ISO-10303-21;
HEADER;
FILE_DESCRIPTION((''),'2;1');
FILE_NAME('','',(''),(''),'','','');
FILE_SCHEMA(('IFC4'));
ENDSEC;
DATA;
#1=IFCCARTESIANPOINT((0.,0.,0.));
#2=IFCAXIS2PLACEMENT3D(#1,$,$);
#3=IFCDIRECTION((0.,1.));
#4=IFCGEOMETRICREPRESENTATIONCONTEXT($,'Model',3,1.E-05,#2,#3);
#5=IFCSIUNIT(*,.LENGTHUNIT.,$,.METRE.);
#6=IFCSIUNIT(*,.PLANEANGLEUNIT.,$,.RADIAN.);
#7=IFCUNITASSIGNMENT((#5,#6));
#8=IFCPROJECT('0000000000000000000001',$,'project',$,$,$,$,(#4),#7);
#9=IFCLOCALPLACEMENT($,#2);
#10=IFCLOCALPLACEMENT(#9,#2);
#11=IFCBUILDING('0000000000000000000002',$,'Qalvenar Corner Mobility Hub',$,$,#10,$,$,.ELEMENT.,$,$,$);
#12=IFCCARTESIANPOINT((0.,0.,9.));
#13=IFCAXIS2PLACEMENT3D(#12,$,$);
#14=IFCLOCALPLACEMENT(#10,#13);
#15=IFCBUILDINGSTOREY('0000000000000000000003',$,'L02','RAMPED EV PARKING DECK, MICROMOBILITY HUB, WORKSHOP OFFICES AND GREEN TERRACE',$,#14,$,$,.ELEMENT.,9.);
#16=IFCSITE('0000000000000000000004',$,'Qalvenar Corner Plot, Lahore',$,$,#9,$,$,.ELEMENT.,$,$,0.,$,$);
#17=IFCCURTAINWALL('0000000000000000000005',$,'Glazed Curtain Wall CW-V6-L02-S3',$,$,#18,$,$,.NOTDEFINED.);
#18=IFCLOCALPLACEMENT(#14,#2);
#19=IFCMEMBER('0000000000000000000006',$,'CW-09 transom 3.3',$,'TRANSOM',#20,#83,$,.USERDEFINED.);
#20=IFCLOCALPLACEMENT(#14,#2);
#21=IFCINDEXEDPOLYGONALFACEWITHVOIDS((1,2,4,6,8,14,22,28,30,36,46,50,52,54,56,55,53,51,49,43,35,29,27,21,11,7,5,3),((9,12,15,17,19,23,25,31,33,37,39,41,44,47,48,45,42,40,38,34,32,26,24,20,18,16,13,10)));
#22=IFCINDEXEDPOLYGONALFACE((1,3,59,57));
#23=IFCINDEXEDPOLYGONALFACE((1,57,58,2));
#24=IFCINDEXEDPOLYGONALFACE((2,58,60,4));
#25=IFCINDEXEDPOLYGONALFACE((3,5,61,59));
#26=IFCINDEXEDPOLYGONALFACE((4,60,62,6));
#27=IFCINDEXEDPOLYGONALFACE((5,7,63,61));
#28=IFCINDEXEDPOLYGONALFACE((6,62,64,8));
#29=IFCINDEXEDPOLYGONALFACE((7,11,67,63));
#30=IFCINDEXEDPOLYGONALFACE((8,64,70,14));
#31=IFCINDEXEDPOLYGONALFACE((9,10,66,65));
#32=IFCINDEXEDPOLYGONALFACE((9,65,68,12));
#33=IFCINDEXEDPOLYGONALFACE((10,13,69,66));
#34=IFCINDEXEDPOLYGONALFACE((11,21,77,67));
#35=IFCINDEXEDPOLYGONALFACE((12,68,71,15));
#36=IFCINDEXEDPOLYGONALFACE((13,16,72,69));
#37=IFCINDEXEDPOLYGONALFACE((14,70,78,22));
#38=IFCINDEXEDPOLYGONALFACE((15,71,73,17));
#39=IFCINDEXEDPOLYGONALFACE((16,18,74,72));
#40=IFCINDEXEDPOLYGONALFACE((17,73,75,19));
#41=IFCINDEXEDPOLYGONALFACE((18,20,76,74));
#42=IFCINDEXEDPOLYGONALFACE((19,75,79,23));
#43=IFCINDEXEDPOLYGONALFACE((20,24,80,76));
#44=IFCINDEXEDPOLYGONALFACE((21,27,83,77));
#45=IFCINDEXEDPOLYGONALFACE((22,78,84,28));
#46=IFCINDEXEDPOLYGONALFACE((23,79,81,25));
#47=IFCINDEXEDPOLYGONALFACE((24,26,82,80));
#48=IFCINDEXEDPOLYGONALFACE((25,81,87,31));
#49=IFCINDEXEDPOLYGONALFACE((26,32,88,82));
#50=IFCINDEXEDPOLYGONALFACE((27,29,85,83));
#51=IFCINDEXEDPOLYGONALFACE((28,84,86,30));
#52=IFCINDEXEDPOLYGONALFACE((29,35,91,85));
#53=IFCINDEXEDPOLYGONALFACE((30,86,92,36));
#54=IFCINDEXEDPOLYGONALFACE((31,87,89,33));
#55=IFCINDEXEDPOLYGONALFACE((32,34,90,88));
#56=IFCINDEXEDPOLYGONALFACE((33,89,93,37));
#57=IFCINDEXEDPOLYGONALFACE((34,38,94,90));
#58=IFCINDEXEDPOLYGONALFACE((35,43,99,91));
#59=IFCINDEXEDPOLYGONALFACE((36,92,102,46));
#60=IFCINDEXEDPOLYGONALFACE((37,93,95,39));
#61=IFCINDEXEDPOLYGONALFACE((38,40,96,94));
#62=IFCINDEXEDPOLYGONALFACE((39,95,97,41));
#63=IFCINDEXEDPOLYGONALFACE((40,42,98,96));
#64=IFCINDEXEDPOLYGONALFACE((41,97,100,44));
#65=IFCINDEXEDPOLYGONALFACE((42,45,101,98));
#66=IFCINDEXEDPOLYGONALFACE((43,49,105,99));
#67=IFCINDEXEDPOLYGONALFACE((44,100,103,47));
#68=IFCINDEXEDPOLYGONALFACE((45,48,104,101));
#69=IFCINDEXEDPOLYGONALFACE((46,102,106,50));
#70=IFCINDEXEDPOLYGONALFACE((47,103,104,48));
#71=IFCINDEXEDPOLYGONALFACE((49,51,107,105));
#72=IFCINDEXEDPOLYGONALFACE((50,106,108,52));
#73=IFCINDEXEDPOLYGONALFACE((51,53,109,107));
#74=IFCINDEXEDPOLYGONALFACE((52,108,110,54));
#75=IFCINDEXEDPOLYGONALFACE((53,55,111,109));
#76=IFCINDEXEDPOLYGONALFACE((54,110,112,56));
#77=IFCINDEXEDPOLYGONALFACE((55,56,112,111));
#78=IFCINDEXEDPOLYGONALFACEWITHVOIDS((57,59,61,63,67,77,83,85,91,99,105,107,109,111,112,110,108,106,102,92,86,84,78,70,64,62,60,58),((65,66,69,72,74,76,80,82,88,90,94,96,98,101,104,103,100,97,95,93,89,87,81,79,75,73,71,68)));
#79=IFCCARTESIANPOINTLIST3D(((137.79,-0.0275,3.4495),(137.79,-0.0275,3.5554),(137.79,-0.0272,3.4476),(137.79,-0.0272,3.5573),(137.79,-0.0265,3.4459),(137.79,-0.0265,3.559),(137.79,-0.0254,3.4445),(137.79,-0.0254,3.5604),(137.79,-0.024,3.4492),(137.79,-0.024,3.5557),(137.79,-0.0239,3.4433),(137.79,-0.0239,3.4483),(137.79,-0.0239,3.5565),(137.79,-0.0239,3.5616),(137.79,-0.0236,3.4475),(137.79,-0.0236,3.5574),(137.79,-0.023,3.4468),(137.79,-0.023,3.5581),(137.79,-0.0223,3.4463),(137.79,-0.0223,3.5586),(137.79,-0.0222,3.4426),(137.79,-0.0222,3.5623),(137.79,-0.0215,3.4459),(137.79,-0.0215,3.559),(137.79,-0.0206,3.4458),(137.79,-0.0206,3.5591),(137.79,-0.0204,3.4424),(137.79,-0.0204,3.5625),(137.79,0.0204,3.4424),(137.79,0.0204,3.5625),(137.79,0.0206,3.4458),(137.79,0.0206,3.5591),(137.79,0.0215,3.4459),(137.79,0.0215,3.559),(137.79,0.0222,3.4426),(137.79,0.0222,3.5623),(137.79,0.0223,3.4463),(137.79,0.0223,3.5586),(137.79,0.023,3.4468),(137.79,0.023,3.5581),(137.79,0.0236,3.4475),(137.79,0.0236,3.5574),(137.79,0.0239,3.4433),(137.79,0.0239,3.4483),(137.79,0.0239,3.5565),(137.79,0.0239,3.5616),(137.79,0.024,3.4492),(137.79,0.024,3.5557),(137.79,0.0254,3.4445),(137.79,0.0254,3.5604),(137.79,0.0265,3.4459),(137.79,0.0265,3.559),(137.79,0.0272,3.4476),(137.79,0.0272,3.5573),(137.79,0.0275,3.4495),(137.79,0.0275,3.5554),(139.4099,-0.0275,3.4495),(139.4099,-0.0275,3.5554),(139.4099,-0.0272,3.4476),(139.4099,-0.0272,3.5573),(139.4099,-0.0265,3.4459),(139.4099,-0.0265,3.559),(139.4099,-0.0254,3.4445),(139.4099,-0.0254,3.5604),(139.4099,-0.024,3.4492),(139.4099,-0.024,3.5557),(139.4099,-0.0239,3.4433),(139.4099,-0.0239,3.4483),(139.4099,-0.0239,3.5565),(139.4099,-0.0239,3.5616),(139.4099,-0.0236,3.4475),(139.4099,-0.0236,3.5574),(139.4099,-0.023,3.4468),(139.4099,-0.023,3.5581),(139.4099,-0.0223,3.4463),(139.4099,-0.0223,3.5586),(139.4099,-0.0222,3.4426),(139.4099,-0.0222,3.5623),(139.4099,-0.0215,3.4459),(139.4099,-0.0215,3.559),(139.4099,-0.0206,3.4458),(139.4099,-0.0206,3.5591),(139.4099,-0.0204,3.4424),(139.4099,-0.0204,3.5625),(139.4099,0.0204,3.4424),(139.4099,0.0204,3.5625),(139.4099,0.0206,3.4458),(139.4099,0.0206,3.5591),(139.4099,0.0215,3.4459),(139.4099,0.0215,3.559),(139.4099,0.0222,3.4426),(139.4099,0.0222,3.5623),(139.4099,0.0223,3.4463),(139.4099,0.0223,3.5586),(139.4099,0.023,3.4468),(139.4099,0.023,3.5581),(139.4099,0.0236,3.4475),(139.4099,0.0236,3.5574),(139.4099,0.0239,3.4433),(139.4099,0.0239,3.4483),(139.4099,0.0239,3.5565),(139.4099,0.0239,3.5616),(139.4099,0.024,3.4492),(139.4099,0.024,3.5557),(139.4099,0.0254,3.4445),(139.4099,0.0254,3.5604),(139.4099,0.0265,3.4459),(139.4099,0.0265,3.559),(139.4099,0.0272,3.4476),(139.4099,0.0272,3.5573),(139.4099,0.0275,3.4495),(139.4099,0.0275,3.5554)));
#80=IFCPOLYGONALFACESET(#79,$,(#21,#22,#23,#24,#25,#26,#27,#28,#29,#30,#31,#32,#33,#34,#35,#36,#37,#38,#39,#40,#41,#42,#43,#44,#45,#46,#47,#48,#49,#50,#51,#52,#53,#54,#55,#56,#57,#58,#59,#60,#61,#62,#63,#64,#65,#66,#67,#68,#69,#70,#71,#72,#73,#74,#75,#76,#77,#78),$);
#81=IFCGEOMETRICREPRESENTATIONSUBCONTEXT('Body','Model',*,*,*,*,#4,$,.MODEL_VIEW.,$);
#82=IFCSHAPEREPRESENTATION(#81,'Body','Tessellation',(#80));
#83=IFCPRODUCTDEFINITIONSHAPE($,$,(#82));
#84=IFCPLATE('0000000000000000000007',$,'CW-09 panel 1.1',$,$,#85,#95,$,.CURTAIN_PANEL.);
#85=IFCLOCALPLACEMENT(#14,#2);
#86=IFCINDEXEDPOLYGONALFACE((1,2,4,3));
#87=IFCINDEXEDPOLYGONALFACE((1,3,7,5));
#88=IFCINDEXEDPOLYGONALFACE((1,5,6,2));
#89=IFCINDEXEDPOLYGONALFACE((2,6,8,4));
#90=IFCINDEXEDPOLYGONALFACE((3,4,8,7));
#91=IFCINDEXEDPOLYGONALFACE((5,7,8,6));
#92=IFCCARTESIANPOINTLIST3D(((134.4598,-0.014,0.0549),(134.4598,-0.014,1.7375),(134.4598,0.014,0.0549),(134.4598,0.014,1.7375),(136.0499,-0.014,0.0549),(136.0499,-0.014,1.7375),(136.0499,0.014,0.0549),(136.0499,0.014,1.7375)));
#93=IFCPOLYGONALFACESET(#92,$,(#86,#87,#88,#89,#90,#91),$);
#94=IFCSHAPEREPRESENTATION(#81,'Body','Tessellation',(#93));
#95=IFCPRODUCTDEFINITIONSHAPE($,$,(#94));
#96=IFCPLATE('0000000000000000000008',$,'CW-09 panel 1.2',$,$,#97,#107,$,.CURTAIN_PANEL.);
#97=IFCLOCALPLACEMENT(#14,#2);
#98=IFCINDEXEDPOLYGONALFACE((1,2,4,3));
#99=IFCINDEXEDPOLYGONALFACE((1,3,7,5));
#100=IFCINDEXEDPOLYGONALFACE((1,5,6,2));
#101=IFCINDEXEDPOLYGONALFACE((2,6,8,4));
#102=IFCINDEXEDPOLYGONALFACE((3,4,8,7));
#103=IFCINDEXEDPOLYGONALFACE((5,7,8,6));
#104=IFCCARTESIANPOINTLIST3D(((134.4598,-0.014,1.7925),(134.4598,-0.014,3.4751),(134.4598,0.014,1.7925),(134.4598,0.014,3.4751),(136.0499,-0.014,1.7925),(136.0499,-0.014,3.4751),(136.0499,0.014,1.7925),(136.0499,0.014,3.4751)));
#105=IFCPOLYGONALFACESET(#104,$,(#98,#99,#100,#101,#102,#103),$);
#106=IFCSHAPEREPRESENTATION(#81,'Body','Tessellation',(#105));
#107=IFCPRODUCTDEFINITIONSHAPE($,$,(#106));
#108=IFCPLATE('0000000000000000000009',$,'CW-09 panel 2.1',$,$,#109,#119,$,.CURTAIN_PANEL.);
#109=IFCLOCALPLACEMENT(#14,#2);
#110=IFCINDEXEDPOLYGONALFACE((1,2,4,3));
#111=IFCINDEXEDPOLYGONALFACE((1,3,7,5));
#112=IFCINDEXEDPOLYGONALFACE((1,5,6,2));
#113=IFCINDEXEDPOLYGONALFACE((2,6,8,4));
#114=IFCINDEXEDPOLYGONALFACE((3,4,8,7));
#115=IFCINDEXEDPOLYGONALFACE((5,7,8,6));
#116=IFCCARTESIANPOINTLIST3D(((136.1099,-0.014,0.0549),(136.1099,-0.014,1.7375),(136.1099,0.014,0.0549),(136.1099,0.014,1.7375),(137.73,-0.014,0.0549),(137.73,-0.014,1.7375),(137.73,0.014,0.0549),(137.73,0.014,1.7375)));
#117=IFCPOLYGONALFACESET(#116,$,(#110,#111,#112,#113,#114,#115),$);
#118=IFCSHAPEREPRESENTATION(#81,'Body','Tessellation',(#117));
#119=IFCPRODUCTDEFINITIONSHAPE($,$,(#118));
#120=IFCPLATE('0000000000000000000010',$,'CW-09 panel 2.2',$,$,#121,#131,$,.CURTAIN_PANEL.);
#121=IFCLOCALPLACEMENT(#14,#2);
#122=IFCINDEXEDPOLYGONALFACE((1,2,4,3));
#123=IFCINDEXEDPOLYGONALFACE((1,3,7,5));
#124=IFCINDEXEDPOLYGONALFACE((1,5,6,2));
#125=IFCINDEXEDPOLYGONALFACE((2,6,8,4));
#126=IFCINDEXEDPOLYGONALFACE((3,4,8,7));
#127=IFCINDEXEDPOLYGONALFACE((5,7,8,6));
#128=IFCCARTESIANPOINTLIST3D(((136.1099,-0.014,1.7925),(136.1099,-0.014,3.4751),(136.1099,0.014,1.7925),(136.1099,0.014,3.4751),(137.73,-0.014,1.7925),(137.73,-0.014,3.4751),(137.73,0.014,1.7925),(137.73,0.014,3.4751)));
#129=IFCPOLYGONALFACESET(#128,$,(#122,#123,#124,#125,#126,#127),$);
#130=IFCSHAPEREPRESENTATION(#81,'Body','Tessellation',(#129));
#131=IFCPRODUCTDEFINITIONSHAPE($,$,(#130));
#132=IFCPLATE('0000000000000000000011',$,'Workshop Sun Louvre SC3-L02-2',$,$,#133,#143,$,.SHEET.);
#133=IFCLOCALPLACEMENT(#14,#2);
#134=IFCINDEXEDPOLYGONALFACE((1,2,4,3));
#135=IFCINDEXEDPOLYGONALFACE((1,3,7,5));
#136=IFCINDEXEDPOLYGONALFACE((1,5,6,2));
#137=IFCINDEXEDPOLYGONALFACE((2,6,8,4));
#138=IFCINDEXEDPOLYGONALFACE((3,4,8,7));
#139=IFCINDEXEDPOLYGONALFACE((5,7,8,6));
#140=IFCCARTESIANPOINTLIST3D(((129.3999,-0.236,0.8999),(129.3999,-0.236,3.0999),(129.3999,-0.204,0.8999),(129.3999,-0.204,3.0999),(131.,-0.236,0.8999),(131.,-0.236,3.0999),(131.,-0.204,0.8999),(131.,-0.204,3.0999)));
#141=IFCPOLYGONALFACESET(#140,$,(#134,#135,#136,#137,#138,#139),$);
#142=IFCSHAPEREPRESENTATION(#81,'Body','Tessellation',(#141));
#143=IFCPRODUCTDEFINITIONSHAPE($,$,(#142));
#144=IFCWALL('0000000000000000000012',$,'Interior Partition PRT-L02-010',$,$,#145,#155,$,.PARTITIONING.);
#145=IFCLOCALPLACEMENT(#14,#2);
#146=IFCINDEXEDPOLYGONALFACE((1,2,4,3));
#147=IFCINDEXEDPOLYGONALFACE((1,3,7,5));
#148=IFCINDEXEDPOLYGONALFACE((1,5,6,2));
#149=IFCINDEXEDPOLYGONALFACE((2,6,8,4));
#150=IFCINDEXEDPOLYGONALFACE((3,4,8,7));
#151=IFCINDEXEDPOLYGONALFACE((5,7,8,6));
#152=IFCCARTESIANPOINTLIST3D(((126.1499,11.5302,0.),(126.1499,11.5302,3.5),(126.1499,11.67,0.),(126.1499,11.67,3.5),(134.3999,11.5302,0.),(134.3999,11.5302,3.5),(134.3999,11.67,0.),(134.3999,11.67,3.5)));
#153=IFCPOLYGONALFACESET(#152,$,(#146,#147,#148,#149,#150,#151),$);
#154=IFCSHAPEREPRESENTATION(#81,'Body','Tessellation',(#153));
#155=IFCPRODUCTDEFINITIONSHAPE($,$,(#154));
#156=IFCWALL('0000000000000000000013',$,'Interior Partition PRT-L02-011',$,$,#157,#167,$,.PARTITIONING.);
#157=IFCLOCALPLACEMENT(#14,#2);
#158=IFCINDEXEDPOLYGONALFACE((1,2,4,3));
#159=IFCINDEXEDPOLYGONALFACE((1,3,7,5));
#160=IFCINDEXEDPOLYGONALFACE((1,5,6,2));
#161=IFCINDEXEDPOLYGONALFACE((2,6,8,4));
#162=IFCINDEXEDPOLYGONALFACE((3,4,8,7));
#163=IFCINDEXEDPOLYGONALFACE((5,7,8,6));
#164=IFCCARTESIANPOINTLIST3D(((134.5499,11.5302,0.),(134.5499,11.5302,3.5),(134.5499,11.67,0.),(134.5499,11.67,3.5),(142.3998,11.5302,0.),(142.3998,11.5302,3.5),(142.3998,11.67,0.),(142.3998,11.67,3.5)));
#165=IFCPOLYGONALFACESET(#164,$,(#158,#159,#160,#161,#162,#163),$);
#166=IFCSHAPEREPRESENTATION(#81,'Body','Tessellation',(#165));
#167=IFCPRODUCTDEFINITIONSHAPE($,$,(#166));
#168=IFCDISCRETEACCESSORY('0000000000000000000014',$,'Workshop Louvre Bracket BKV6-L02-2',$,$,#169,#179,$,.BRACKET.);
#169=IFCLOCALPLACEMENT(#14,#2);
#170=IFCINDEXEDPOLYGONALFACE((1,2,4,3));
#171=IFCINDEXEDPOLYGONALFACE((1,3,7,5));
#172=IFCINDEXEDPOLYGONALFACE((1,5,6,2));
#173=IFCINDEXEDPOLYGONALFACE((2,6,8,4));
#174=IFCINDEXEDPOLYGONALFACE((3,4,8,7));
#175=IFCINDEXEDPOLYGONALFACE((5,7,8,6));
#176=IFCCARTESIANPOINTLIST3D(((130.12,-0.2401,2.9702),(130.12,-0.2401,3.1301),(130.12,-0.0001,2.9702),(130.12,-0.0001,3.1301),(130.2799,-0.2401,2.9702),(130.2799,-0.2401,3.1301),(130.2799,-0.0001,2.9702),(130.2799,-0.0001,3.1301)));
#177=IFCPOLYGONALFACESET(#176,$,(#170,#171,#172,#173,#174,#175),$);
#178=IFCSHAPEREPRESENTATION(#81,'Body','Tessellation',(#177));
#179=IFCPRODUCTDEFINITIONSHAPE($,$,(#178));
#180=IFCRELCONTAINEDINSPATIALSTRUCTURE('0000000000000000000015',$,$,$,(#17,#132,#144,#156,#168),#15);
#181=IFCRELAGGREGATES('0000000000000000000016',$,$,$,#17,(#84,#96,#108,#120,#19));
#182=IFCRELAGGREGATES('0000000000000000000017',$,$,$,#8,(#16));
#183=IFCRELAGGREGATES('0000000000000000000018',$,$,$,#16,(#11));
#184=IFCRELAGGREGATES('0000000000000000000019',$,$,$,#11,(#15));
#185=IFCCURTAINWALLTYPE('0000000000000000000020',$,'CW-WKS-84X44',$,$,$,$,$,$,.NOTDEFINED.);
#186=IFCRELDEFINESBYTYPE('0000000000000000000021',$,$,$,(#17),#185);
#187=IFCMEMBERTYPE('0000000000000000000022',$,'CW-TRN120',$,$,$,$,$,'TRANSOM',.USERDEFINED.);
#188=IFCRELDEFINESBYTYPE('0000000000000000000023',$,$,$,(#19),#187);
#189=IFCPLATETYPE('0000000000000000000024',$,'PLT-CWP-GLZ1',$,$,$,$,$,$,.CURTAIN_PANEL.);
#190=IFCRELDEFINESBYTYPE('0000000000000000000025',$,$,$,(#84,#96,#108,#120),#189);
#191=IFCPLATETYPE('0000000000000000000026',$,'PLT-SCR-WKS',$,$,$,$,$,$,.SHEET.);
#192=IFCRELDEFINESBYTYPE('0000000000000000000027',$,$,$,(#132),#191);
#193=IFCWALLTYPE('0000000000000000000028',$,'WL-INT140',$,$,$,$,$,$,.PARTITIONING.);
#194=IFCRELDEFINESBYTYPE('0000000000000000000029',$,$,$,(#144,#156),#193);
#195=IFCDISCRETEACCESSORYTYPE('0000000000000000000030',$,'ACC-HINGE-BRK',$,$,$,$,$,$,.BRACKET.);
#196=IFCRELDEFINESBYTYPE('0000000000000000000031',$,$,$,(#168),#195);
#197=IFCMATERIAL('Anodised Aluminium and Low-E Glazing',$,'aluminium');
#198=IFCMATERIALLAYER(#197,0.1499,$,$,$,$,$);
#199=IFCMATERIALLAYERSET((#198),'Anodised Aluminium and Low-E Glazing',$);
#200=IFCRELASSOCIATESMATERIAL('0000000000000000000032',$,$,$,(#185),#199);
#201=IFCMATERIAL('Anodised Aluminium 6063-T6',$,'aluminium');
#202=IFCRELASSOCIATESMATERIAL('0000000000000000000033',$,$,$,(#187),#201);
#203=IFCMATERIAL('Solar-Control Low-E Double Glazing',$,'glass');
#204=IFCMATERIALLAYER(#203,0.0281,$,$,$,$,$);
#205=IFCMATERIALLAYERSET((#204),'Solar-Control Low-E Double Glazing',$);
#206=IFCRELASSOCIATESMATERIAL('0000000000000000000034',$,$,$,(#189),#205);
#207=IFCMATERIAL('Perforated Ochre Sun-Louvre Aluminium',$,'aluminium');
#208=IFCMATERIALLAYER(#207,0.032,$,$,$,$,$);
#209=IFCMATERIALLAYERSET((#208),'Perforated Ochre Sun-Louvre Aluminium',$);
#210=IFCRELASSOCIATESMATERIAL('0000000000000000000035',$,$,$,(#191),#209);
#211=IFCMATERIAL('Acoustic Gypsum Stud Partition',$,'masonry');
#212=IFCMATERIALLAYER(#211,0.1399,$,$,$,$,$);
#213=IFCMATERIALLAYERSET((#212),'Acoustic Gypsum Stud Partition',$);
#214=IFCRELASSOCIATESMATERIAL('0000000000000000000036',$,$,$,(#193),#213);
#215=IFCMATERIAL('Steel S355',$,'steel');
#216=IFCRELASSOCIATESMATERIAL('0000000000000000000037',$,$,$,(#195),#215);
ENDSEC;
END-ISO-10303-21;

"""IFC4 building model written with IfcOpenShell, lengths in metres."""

from ifc_helpers import new_model, si_unit, direction, frame, frame_2d, origin, origin_2d, place, context, subcontext, project, spatial, rectangle, hollow_rectangle, extrude, material, layer, layer_set, material_profile, profile_set, type_object, element, aggregate, save


model = new_model("IFC4")

# Units and contexts
model_context = context("Model", 3, precision=1e-05, world=origin(), true_north=direction((0.0, 1.0)))
body_context = subcontext(model_context, "Body", "Model", "MODEL_VIEW")
ifc_project = project(units=[si_unit("LENGTHUNIT", "METRE"), si_unit("PLANEANGLEUNIT", "RADIAN")], contexts=[model_context])

# Site, building, storey
site_placement = place(None, origin())
site = spatial("IfcSite", under=ifc_project, at=site_placement, Name="Qalvenar Corner Plot, Lahore", CompositionType="ELEMENT", RefElevation=0.0)
building_placement = place(site_placement, origin())
building = spatial("IfcBuilding", under=site, at=building_placement, Name="Qalvenar Corner Mobility Hub", CompositionType="ELEMENT")
storey_placement = place(building_placement, frame((0.0, 0.0, 9.0)))
storey = spatial("IfcBuildingStorey", under=building, at=storey_placement, Name="L02", Description="RAMPED EV PARKING DECK, MICROMOBILITY HUB, WORKSHOP OFFICES AND GREEN TERRACE", CompositionType="ELEMENT", Elevation=9.0)

# Shared definitions
ifc_material_1 = material(Name="Steel S355", Category="steel")

# Curtain wall, member, plates
ifc_material_2 = material(Name="Anodised Aluminium and Low-E Glazing", Category="aluminium")
ifc_layer_1 = layer(ifc_material_2, 0.1499)
ifc_layer_set_1 = layer_set([ifc_layer_1], Name="Anodised Aluminium and Low-E Glazing")
curtain_wall_type = type_object("IfcCurtainWallType", Name="CW-WKS-84X44", PredefinedType="NOTDEFINED", material=ifc_layer_set_1)
curtain_wall_placement = place(storey_placement, origin())
curtain_wall = element("IfcCurtainWall", 1, at=curtain_wall_placement, inside=storey, type_object=curtain_wall_type, Name="Glazed Curtain Wall CW-V6-L02-S3", PredefinedType="NOTDEFINED")
ifc_material_3 = material(Name="Anodised Aluminium 6063-T6", Category="aluminium")
ifc_material_profile_1 = material_profile(ifc_material_3, hollow_rectangle(XDim=0.0549, YDim=0.1201, WallThickness=0.0034, InnerFilletRadius=0.0034, OuterFilletRadius=0.0071, at=origin_2d()), Name="RHS120x55x3.5")
ifc_profile_set_1 = profile_set([ifc_material_profile_1], Name="Anodised Aluminium 6063-T6")
member_type_1 = type_object("IfcMemberType", Name="CW-TRN120", ElementType="TRANSOM", PredefinedType="USERDEFINED", material=ifc_profile_set_1)
member_1_placement = place(storey_placement, frame((137.79, 0.0, 3.5024), z_axis=(1.0, 0.0, 0.0), x_axis=(0.0, 1.0, 0.0)))
member_1 = element("IfcMember", 2, at=member_1_placement, type_object=member_type_1, Name="CW-09 transom 3.3", ObjectType="TRANSOM", PredefinedType="USERDEFINED", context=body_context, shape_type="SweptSolid", body=[
    extrude(hollow_rectangle(XDim=0.0549, YDim=0.1201, WallThickness=0.0034, InnerFilletRadius=0.0034, OuterFilletRadius=0.0071, at=origin_2d()), origin(), (0.0, 0.0, 1.0), 1.6199),
])
ifc_material_4 = material(Name="Solar-Control Low-E Double Glazing", Category="glass")
ifc_layer_2 = layer(ifc_material_4, 0.0281)
ifc_layer_set_2 = layer_set([ifc_layer_2], Name="Solar-Control Low-E Double Glazing")
plate_type_1 = type_object("IfcPlateType", Name="PLT-CWP-GLZ1", PredefinedType="CURTAIN_PANEL", material=ifc_layer_set_2)
plate_1_placement = place(storey_placement, frame((135.2549, 0.0, 0.0549), z_axis=(0.0, 0.0, 1.0), x_axis=(1.0, 0.0, 0.0)))
plate_1 = element("IfcPlate", 3, at=plate_1_placement, type_object=plate_type_1, Name="CW-09 panel 1.1", PredefinedType="CURTAIN_PANEL", context=body_context, shape_type="SweptSolid", body=[
    extrude(rectangle(XDim=1.5901, YDim=0.0281, at=origin_2d()), origin(), (0.0, 0.0, 1.0), 1.6826),
])
plate_2_placement = place(storey_placement, frame((135.2549, 0.0, 1.7925), z_axis=(0.0, 0.0, 1.0), x_axis=(1.0, 0.0, 0.0)))
plate_2 = element("IfcPlate", 4, at=plate_2_placement, type_object=plate_type_1, Name="CW-09 panel 1.2", PredefinedType="CURTAIN_PANEL", context=body_context, shape_type="SweptSolid", body=[
    extrude(rectangle(XDim=1.5901, YDim=0.0281, at=origin_2d()), origin(), (0.0, 0.0, 1.0), 1.6826),
])
plate_3_placement = place(storey_placement, frame((136.9199, 0.0, 0.0549), z_axis=(0.0, 0.0, 1.0), x_axis=(1.0, 0.0, 0.0)))
plate_3 = element("IfcPlate", 5, at=plate_3_placement, type_object=plate_type_1, Name="CW-09 panel 2.1", PredefinedType="CURTAIN_PANEL", context=body_context, shape_type="SweptSolid", body=[
    extrude(rectangle(XDim=1.6201, YDim=0.0281, at=origin_2d()), origin(), (0.0, 0.0, 1.0), 1.6826),
])
plate_4_placement = place(storey_placement, frame((136.9199, 0.0, 1.7925), z_axis=(0.0, 0.0, 1.0), x_axis=(1.0, 0.0, 0.0)))
plate_4 = element("IfcPlate", 6, at=plate_4_placement, type_object=plate_type_1, Name="CW-09 panel 2.2", PredefinedType="CURTAIN_PANEL", context=body_context, shape_type="SweptSolid", body=[
    extrude(rectangle(XDim=1.6201, YDim=0.0281, at=origin_2d()), origin(), (0.0, 0.0, 1.0), 1.6826),
])
aggregate(curtain_wall, [plate_1, plate_2, plate_3, plate_4, member_1])

# Plate
ifc_material_5 = material(Name="Perforated Ochre Sun-Louvre Aluminium", Category="aluminium")
ifc_layer_3 = layer(ifc_material_5, 0.032)
ifc_layer_set_3 = layer_set([ifc_layer_3], Name="Perforated Ochre Sun-Louvre Aluminium")
plate_type_2 = type_object("IfcPlateType", Name="PLT-SCR-WKS", PredefinedType="SHEET", material=ifc_layer_set_3)
plate_5_placement = place(storey_placement, frame((130.2, -0.22, 0.8999), z_axis=(0.0, 0.0, 1.0), x_axis=(1.0, 0.0, 0.0)))
element("IfcPlate", 7, at=plate_5_placement, inside=storey, type_object=plate_type_2, Name="Workshop Sun Louvre SC3-L02-2", PredefinedType="SHEET", context=body_context, shape_type="SweptSolid", body=[
    extrude(rectangle(XDim=1.6001, YDim=0.032, at=origin_2d()), origin(), (0.0, 0.0, 1.0), 2.2),
])

# Walls
ifc_material_6 = material(Name="Acoustic Gypsum Stud Partition", Category="masonry")
ifc_layer_4 = layer(ifc_material_6, 0.1399)
ifc_layer_set_4 = layer_set([ifc_layer_4], Name="Acoustic Gypsum Stud Partition")
wall_type = type_object("IfcWallType", Name="WL-INT140", PredefinedType="PARTITIONING", material=ifc_layer_set_4)
wall_1_placement = place(storey_placement, frame((126.1499, 11.6001, 0.0), z_axis=(0.0, 0.0, 1.0), x_axis=(1.0, 0.0, 0.0)))
element("IfcWall", 8, at=wall_1_placement, inside=storey, type_object=wall_type, Name="Interior Partition PRT-L02-010", PredefinedType="PARTITIONING", context=body_context, shape_type="SweptSolid", body=[
    extrude(rectangle(XDim=8.25, YDim=0.1399, at=frame_2d((4.125, 0.0))), origin(), (0.0, 0.0, 1.0), 3.5),
])
wall_2_placement = place(storey_placement, frame((134.55, 11.6001, 0.0), z_axis=(0.0, 0.0, 1.0), x_axis=(1.0, 0.0, 0.0)))
element("IfcWall", 9, at=wall_2_placement, inside=storey, type_object=wall_type, Name="Interior Partition PRT-L02-011", PredefinedType="PARTITIONING", context=body_context, shape_type="SweptSolid", body=[
    extrude(rectangle(XDim=7.8499, YDim=0.1399, at=frame_2d((3.9248, 0.0))), origin(), (0.0, 0.0, 1.0), 3.5),
])

# Discrete accessory
discrete_accessory_type = type_object("IfcDiscreteAccessoryType", Name="ACC-HINGE-BRK", PredefinedType="BRACKET", material=ifc_material_1)
discrete_accessory_placement = place(storey_placement, frame((130.2, -0.1201, 2.9702), z_axis=(0.0, 0.0, 1.0), x_axis=(1.0, 0.0, 0.0)))
element("IfcDiscreteAccessory", 10, at=discrete_accessory_placement, inside=storey, type_object=discrete_accessory_type, Name="Workshop Louvre Bracket BKV6-L02-2", PredefinedType="BRACKET", context=body_context, shape_type="SweptSolid", body=[
    extrude(rectangle(XDim=0.1599, YDim=0.24, at=origin_2d()), origin(), (0.0, 0.0, 1.0), 0.1599),
])

save(model, "model.ifc")
